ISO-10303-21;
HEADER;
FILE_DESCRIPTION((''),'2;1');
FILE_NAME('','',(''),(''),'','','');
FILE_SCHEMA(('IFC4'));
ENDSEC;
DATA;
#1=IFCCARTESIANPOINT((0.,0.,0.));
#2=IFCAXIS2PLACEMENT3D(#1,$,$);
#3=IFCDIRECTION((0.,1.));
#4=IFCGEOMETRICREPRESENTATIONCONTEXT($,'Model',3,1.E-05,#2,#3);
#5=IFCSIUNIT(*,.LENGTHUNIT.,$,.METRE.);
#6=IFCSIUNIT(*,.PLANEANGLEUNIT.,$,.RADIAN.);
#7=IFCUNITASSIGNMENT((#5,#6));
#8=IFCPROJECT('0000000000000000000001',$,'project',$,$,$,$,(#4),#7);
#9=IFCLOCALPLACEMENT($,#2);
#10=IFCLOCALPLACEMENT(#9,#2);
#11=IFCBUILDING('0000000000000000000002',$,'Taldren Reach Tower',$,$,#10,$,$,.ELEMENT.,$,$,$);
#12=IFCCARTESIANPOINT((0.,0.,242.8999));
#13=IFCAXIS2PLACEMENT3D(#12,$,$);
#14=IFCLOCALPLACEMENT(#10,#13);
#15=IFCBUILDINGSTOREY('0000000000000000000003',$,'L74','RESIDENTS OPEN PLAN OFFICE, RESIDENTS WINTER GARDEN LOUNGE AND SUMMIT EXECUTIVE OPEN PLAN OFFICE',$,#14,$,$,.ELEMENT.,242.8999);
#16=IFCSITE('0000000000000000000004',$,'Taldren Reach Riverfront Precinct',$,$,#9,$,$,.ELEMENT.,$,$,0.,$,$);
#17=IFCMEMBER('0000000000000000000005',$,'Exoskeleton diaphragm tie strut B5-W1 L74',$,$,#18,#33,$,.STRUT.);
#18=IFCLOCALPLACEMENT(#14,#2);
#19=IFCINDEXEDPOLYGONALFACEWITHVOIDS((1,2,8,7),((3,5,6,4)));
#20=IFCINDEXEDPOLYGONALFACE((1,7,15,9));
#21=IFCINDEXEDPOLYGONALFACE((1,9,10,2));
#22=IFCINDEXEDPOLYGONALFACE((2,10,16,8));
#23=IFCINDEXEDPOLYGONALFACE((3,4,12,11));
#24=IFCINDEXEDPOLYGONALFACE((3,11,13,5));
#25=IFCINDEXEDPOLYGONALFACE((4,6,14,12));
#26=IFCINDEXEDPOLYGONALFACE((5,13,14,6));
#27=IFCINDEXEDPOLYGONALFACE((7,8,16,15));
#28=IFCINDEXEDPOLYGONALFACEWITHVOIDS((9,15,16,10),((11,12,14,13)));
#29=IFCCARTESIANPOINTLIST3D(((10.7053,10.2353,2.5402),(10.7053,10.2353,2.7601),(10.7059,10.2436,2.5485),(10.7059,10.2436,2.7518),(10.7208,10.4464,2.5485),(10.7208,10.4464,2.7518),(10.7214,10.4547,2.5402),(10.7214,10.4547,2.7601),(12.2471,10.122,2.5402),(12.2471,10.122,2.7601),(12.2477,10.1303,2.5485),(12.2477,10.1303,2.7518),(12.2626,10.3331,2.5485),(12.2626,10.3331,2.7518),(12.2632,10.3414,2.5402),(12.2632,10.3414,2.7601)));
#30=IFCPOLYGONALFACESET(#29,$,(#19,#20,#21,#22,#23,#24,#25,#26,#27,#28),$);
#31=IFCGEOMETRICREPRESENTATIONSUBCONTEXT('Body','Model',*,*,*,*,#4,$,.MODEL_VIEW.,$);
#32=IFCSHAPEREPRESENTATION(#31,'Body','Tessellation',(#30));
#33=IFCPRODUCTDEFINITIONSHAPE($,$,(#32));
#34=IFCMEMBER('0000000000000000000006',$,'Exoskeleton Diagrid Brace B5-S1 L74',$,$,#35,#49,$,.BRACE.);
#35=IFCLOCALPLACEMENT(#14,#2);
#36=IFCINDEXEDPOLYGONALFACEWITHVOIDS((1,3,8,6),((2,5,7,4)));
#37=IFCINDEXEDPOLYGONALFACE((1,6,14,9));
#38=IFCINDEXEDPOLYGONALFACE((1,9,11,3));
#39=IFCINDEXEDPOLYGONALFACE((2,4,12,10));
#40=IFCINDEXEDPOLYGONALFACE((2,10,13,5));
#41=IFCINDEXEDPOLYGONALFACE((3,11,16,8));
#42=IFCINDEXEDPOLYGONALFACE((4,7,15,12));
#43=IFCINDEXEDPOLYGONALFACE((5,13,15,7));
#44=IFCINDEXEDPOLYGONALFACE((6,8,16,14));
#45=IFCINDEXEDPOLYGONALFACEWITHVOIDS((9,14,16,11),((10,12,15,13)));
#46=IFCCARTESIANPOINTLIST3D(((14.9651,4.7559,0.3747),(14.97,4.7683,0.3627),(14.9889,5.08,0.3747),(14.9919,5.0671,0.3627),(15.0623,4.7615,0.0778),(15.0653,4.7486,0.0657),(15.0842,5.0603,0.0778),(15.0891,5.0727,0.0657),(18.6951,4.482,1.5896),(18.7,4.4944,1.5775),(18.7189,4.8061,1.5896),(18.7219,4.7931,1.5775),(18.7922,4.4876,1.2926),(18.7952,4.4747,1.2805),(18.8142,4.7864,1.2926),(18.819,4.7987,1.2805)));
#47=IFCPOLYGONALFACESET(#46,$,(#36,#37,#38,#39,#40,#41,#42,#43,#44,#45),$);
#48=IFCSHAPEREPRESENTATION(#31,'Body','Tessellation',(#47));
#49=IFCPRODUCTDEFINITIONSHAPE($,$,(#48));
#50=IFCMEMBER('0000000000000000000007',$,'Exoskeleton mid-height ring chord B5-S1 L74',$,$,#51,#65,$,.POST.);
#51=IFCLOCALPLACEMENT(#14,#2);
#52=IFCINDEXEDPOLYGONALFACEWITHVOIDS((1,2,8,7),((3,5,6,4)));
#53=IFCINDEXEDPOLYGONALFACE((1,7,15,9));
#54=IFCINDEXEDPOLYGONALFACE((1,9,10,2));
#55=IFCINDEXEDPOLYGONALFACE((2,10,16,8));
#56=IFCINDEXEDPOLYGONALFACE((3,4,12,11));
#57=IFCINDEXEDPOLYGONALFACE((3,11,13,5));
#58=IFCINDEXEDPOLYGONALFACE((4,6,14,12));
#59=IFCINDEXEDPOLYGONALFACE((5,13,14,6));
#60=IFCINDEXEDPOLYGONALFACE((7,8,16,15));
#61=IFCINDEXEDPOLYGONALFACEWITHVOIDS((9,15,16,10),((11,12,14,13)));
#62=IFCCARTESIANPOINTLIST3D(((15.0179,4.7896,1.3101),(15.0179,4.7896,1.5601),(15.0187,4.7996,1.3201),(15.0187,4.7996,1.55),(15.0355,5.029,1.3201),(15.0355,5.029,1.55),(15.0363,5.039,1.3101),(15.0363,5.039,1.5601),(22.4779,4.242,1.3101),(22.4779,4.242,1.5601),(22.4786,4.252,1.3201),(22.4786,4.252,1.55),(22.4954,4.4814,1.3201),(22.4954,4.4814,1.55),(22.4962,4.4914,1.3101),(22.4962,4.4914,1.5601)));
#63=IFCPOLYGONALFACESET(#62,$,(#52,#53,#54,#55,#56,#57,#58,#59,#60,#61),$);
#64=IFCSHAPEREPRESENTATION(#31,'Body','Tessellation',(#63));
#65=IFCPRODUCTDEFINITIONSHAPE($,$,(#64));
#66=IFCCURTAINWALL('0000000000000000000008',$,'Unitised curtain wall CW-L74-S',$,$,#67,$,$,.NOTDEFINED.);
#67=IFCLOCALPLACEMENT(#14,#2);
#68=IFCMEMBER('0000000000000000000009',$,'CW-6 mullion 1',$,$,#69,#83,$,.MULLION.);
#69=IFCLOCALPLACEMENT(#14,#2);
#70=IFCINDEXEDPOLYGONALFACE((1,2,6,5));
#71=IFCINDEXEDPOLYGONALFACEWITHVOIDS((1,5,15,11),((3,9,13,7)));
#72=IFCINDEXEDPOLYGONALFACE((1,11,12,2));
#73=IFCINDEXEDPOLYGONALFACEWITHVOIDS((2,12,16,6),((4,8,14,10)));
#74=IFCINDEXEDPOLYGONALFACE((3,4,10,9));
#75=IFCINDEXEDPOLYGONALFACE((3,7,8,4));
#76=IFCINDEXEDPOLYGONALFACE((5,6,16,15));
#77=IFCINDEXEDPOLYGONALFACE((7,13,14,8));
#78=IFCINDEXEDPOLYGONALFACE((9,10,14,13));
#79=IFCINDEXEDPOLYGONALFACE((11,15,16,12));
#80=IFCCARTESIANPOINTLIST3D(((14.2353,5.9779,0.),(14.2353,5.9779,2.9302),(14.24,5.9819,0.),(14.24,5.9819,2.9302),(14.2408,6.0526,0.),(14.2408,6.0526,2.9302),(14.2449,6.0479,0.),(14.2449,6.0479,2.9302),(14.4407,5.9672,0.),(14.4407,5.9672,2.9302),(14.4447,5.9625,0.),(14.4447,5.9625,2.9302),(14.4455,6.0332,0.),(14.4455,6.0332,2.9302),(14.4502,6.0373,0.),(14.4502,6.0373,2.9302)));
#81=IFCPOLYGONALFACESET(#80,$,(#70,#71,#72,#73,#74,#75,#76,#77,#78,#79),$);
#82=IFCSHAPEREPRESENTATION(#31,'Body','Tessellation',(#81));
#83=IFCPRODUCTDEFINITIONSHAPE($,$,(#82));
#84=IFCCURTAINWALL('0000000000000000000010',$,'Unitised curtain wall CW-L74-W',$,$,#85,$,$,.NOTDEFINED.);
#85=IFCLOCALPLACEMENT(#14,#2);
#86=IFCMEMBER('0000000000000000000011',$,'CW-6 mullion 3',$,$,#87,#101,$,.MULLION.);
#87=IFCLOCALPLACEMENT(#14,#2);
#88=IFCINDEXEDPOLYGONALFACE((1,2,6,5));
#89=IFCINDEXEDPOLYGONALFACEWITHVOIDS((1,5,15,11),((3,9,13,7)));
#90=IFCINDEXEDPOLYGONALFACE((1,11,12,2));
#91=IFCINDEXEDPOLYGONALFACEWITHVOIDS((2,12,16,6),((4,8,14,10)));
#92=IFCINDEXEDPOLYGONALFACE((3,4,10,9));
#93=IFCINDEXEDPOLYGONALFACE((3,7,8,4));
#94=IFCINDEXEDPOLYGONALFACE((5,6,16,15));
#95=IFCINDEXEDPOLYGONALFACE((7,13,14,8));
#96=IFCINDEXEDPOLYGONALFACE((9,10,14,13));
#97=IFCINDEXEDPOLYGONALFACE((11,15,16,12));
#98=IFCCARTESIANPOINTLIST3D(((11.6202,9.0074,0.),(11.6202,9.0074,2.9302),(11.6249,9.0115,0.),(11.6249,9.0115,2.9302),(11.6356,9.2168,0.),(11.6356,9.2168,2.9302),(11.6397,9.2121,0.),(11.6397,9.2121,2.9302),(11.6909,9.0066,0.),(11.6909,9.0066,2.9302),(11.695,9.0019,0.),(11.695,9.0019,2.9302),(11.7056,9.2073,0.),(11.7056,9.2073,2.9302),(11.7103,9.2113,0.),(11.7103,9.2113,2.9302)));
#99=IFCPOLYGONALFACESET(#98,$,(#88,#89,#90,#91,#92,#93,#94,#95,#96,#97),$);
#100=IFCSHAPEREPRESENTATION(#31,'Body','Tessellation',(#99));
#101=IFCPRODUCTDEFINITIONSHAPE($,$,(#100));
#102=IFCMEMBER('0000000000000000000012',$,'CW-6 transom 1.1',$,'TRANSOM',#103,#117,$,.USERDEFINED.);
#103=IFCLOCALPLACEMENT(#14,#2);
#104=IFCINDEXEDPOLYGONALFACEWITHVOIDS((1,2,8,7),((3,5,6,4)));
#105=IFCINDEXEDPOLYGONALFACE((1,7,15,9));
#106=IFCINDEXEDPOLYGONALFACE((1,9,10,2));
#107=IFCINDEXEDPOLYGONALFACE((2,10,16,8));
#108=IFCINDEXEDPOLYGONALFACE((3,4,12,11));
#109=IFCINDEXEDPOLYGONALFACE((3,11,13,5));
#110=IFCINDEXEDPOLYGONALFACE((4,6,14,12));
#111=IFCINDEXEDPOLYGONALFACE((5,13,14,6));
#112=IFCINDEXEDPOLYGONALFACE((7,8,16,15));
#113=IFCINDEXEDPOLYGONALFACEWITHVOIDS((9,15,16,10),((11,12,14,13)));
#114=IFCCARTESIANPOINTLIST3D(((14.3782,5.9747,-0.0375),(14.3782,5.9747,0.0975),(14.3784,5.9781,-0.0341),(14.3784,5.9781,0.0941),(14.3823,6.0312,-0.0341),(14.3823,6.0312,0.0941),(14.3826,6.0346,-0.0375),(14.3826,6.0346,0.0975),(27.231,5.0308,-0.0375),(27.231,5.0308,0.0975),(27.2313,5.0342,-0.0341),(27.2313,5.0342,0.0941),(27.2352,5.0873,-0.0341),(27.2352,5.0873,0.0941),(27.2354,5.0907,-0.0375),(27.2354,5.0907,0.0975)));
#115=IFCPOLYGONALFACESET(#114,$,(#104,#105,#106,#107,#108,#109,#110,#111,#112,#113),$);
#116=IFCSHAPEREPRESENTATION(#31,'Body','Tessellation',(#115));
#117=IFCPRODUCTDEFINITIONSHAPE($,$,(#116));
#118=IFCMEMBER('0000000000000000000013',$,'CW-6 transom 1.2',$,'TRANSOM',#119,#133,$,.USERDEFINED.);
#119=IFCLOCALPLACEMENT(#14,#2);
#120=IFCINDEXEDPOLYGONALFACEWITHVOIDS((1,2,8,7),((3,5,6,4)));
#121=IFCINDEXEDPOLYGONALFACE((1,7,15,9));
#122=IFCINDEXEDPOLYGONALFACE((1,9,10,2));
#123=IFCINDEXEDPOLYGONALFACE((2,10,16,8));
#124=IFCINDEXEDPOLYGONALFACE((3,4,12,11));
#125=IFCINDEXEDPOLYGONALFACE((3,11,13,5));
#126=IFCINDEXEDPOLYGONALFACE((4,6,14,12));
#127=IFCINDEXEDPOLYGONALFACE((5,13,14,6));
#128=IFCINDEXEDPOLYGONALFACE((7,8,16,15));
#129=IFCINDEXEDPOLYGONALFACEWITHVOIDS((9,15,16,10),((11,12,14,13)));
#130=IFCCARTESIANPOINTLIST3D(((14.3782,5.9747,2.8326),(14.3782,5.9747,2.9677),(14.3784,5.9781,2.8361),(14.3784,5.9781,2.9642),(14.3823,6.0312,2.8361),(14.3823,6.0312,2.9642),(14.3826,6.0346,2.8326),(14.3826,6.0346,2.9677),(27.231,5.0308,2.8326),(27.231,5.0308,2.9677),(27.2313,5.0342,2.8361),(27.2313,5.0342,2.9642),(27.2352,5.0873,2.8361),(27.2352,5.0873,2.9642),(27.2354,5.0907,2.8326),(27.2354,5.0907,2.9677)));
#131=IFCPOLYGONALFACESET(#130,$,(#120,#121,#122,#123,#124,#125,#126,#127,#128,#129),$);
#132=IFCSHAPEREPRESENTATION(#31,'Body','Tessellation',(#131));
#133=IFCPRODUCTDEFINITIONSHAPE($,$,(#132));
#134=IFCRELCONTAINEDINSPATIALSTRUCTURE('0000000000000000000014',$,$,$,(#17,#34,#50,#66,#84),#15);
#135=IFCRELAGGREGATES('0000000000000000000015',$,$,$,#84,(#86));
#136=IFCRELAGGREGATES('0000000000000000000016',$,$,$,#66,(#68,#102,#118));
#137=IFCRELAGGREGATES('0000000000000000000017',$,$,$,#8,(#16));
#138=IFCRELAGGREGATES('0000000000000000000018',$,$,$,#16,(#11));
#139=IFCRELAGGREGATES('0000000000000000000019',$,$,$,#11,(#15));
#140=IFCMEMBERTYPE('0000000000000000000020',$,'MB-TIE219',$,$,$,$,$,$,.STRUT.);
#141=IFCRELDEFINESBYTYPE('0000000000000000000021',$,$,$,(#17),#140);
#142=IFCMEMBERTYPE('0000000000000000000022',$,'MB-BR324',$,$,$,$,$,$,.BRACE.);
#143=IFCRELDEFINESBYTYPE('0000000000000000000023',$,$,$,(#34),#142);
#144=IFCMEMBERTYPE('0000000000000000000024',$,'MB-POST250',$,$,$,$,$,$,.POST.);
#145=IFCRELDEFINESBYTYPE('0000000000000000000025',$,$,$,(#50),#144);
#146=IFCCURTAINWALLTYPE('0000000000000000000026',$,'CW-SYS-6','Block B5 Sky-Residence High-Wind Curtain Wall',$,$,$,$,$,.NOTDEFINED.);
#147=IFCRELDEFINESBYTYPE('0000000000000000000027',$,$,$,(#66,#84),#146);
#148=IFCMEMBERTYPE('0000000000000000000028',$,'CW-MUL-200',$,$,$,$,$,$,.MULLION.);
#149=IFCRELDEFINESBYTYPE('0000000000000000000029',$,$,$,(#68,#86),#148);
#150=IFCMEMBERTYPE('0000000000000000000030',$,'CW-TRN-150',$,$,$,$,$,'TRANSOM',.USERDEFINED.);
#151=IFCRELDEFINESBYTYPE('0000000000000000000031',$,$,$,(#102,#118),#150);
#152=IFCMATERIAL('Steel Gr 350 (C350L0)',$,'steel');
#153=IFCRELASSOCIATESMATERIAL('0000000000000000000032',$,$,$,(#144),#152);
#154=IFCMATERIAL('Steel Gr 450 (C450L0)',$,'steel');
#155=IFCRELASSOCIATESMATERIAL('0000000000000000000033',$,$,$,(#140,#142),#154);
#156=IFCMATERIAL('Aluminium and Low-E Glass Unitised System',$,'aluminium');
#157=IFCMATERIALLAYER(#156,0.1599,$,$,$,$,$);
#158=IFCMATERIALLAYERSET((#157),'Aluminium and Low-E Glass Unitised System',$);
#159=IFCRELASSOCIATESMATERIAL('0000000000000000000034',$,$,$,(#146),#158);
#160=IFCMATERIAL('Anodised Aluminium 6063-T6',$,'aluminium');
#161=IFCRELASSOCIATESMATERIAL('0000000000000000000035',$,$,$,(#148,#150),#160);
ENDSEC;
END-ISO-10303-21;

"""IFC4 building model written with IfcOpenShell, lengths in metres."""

from ifc_helpers import new_model, si_unit, direction, frame, origin, origin_2d, place, context, subcontext, project, spatial, hollow_rectangle, extrude, source, transform, mapped, material, layer, layer_set, material_profile, profile_set, type_object, element, aggregate, save


model = new_model("IFC4")

# Units and contexts
model_context = context("Model", 3, precision=1e-05, world=origin(), true_north=direction((0.0, 1.0)))
body_context = subcontext(model_context, "Body", "Model", "MODEL_VIEW")
ifc_project = project(units=[si_unit("LENGTHUNIT", "METRE"), si_unit("PLANEANGLEUNIT", "RADIAN")], contexts=[model_context])

# Site, building, storey
site_placement = place(None, origin())
site = spatial("IfcSite", under=ifc_project, at=site_placement, Name="Taldren Reach Riverfront Precinct", CompositionType="ELEMENT", RefElevation=0.0)
building_placement = place(site_placement, origin())
building = spatial("IfcBuilding", under=site, at=building_placement, Name="Taldren Reach Tower", CompositionType="ELEMENT")
storey_placement = place(building_placement, frame((0.0, 0.0, 242.8999)))
storey = spatial("IfcBuildingStorey", under=building, at=storey_placement, Name="L74", Description="RESIDENTS OPEN PLAN OFFICE, RESIDENTS WINTER GARDEN LOUNGE AND SUMMIT EXECUTIVE OPEN PLAN OFFICE", CompositionType="ELEMENT", Elevation=242.8999)

# Shared definitions
ifc_material_1 = material(Name="Steel Gr 350 (C350L0)", Category="steel")

# Shared definitions
ifc_material_profile_1 = material_profile(ifc_material_1, hollow_rectangle(XDim=0.25, YDim=0.25, WallThickness=0.01, at=origin_2d()), Name="250x250x10.0SHS")
ifc_profile_set_1 = profile_set([ifc_material_profile_1], Name="Steel Gr 350 (C350L0)")
member_type_1 = type_object("IfcMemberType", Name="MB-POST250", PredefinedType="POST", material=ifc_profile_set_1)
ifc_material_2 = material(Name="Steel Gr 450 (C450L0)", Category="steel")
ifc_material_profile_2 = material_profile(ifc_material_2, hollow_rectangle(XDim=0.22, YDim=0.22, WallThickness=0.0083, at=origin_2d()), Name="220x220x8.2SHS")
ifc_profile_set_2 = profile_set([ifc_material_profile_2], Name="Steel Gr 450 (C450L0)")
member_type_2 = type_object("IfcMemberType", Name="MB-TIE219", PredefinedType="STRUT", material=ifc_profile_set_2)

# Members
shared_shape_1 = source(origin(), body_context, "Body", "SweptSolid", [
    extrude(hollow_rectangle(XDim=0.22, YDim=0.22, WallThickness=0.0083, at=origin_2d()), origin(), (0.0, 0.0, 1.0), 1.5459),
])
member_1_placement = place(storey_placement, frame((12.2551, 10.2317, 2.6501), z_axis=(-0.997312, 0.073278, 0.0), x_axis=(-0.073278, -0.997312, 0.0)))
element("IfcMember", 1, at=member_1_placement, inside=storey, type_object=member_type_2, Name="Exoskeleton diaphragm tie strut B5-W1 L74", PredefinedType="STRUT", context=body_context, shape_type="MappedRepresentation", body=[
    mapped(shared_shape_1, transform((0.0, 0.0, 0.0), scale=1.0)),
])
ifc_material_profile_3 = material_profile(ifc_material_2, hollow_rectangle(XDim=0.325, YDim=0.325, WallThickness=0.0127, at=origin_2d()), Name="325x325x12.7SHS")
ifc_profile_set_3 = profile_set([ifc_material_profile_3], Name="Steel Gr 450 (C450L0)")
member_type_3 = type_object("IfcMemberType", Name="MB-BR324", PredefinedType="BRACE", material=ifc_profile_set_3)
shared_shape_2 = source(origin(), body_context, "Body", "SweptSolid", [
    extrude(hollow_rectangle(XDim=0.325, YDim=0.325, WallThickness=0.0127, at=origin_2d()), origin(), (0.0, 0.0, 1.0), 3.9324),
])
member_2_placement = place(storey_placement, frame((15.0271, 4.9143, 0.2202), z_axis=(0.948529, -0.069659, 0.308933), x_axis=(0.073242, 0.997314, 0.0)))
element("IfcMember", 2, at=member_2_placement, inside=storey, type_object=member_type_3, Name="Exoskeleton Diagrid Brace B5-S1 L74", PredefinedType="BRACE", context=body_context, shape_type="MappedRepresentation", body=[
    mapped(shared_shape_2, transform((0.0, 0.0, 0.0), scale=1.0)),
])
shared_shape_3 = source(origin(), body_context, "Body", "SweptSolid", [
    extrude(hollow_rectangle(XDim=0.25, YDim=0.25, WallThickness=0.01, at=origin_2d()), origin(), (0.0, 0.0, 1.0), 7.48),
])
member_3_placement = place(storey_placement, frame((15.0271, 4.9143, 1.4351), z_axis=(0.997317, -0.073209, 0.0), x_axis=(0.073209, 0.997317, 0.0)))
element("IfcMember", 3, at=member_3_placement, inside=storey, type_object=member_type_1, Name="Exoskeleton mid-height ring chord B5-S1 L74", PredefinedType="POST", context=body_context, shape_type="MappedRepresentation", body=[
    mapped(shared_shape_3, transform((0.0, 0.0, 0.0), scale=1.0)),
])

# Curtain walls, members
ifc_material_3 = material(Name="Aluminium and Low-E Glass Unitised System", Category="aluminium")
ifc_layer_1 = layer(ifc_material_3, 0.1599)
ifc_layer_set_1 = layer_set([ifc_layer_1], Name="Aluminium and Low-E Glass Unitised System")
curtain_wall_type = type_object("IfcCurtainWallType", Name="CW-SYS-6", Description="Block B5 Sky-Residence High-Wind Curtain Wall", PredefinedType="NOTDEFINED", material=ifc_layer_set_1)
curtain_wall_1_placement = place(storey_placement, origin())
curtain_wall_1 = element("IfcCurtainWall", 4, at=curtain_wall_1_placement, inside=storey, type_object=curtain_wall_type, Name="Unitised curtain wall CW-L74-S", PredefinedType="NOTDEFINED")
ifc_material_4 = material(Name="Anodised Aluminium 6063-T6", Category="aluminium")
ifc_material_profile_4 = material_profile(ifc_material_4, hollow_rectangle(XDim=0.075, YDim=0.21, WallThickness=0.0044, at=origin_2d()), Name="ALU-210x75x4.5RHS")
ifc_profile_set_4 = profile_set([ifc_material_profile_4], Name="Anodised Aluminium 6063-T6")
member_type_4 = type_object("IfcMemberType", Name="CW-MUL-200", PredefinedType="MULLION", material=ifc_profile_set_4)
shared_shape_4 = source(origin(), body_context, "Body", "SweptSolid", [
    extrude(hollow_rectangle(XDim=0.075, YDim=0.21, WallThickness=0.0044, at=origin_2d()), origin(), (0.0, 0.0, 1.0), 2.9302),
])
member_4_placement = place(storey_placement, frame((14.3428, 6.0076, 0.0), z_axis=(0.0, 0.0, 1.0), x_axis=(0.073238, 0.997314, 0.0)))
member_4 = element("IfcMember", 5, at=member_4_placement, type_object=member_type_4, Name="CW-6 mullion 1", PredefinedType="MULLION", context=body_context, shape_type="MappedRepresentation", body=[
    mapped(shared_shape_4, transform((0.0, 0.0, 0.0), scale=1.0)),
])
curtain_wall_2_placement = place(storey_placement, origin())
curtain_wall_2 = element("IfcCurtainWall", 6, at=curtain_wall_2_placement, inside=storey, type_object=curtain_wall_type, Name="Unitised curtain wall CW-L74-W", PredefinedType="NOTDEFINED")
member_5_placement = place(storey_placement, frame((11.6653, 9.1094, 0.0), z_axis=(0.0, 0.0, 1.0), x_axis=(0.997314, -0.073238, 0.0)))
member_5 = element("IfcMember", 7, at=member_5_placement, type_object=member_type_4, Name="CW-6 mullion 3", PredefinedType="MULLION", context=body_context, shape_type="MappedRepresentation", body=[
    mapped(shared_shape_4, transform((0.0, 0.0, 0.0), scale=1.0)),
])
aggregate(curtain_wall_2, [member_5])

# Members
ifc_material_profile_5 = material_profile(ifc_material_4, hollow_rectangle(XDim=0.0601, YDim=0.135, WallThickness=0.0034, at=origin_2d()), Name="ALU-135x60x3.5RHS")
ifc_profile_set_5 = profile_set([ifc_material_profile_5], Name="Anodised Aluminium 6063-T6")
member_type_5 = type_object("IfcMemberType", Name="CW-TRN-150", ElementType="TRANSOM", PredefinedType="USERDEFINED", material=ifc_profile_set_5)
shared_shape_5 = source(origin(), body_context, "Body", "SweptSolid", [
    extrude(hollow_rectangle(XDim=0.0601, YDim=0.135, WallThickness=0.0034, at=origin_2d()), origin(), (0.0, 0.0, 1.0), 12.8875),
])
member_6_placement = place(storey_placement, frame((14.3804, 6.0046, 0.03), z_axis=(0.997314, -0.073238, 0.0), x_axis=(0.073238, 0.997314, 0.0)))
member_6 = element("IfcMember", 8, at=member_6_placement, type_object=member_type_5, Name="CW-6 transom 1.1", ObjectType="TRANSOM", PredefinedType="USERDEFINED", context=body_context, shape_type="MappedRepresentation", body=[
    mapped(shared_shape_5, transform((0.0, 0.0, 0.0), scale=1.0)),
])
member_7_placement = place(storey_placement, frame((14.3804, 6.0046, 2.9001), z_axis=(0.997314, -0.073238, 0.0), x_axis=(0.073238, 0.997314, 0.0)))
member_7 = element("IfcMember", 9, at=member_7_placement, type_object=member_type_5, Name="CW-6 transom 1.2", ObjectType="TRANSOM", PredefinedType="USERDEFINED", context=body_context, shape_type="MappedRepresentation", body=[
    mapped(shared_shape_5, transform((0.0, 0.0, 0.0), scale=1.0)),
])

aggregate(curtain_wall_1, [member_4, member_6, member_7])

save(model, "model.ifc")
